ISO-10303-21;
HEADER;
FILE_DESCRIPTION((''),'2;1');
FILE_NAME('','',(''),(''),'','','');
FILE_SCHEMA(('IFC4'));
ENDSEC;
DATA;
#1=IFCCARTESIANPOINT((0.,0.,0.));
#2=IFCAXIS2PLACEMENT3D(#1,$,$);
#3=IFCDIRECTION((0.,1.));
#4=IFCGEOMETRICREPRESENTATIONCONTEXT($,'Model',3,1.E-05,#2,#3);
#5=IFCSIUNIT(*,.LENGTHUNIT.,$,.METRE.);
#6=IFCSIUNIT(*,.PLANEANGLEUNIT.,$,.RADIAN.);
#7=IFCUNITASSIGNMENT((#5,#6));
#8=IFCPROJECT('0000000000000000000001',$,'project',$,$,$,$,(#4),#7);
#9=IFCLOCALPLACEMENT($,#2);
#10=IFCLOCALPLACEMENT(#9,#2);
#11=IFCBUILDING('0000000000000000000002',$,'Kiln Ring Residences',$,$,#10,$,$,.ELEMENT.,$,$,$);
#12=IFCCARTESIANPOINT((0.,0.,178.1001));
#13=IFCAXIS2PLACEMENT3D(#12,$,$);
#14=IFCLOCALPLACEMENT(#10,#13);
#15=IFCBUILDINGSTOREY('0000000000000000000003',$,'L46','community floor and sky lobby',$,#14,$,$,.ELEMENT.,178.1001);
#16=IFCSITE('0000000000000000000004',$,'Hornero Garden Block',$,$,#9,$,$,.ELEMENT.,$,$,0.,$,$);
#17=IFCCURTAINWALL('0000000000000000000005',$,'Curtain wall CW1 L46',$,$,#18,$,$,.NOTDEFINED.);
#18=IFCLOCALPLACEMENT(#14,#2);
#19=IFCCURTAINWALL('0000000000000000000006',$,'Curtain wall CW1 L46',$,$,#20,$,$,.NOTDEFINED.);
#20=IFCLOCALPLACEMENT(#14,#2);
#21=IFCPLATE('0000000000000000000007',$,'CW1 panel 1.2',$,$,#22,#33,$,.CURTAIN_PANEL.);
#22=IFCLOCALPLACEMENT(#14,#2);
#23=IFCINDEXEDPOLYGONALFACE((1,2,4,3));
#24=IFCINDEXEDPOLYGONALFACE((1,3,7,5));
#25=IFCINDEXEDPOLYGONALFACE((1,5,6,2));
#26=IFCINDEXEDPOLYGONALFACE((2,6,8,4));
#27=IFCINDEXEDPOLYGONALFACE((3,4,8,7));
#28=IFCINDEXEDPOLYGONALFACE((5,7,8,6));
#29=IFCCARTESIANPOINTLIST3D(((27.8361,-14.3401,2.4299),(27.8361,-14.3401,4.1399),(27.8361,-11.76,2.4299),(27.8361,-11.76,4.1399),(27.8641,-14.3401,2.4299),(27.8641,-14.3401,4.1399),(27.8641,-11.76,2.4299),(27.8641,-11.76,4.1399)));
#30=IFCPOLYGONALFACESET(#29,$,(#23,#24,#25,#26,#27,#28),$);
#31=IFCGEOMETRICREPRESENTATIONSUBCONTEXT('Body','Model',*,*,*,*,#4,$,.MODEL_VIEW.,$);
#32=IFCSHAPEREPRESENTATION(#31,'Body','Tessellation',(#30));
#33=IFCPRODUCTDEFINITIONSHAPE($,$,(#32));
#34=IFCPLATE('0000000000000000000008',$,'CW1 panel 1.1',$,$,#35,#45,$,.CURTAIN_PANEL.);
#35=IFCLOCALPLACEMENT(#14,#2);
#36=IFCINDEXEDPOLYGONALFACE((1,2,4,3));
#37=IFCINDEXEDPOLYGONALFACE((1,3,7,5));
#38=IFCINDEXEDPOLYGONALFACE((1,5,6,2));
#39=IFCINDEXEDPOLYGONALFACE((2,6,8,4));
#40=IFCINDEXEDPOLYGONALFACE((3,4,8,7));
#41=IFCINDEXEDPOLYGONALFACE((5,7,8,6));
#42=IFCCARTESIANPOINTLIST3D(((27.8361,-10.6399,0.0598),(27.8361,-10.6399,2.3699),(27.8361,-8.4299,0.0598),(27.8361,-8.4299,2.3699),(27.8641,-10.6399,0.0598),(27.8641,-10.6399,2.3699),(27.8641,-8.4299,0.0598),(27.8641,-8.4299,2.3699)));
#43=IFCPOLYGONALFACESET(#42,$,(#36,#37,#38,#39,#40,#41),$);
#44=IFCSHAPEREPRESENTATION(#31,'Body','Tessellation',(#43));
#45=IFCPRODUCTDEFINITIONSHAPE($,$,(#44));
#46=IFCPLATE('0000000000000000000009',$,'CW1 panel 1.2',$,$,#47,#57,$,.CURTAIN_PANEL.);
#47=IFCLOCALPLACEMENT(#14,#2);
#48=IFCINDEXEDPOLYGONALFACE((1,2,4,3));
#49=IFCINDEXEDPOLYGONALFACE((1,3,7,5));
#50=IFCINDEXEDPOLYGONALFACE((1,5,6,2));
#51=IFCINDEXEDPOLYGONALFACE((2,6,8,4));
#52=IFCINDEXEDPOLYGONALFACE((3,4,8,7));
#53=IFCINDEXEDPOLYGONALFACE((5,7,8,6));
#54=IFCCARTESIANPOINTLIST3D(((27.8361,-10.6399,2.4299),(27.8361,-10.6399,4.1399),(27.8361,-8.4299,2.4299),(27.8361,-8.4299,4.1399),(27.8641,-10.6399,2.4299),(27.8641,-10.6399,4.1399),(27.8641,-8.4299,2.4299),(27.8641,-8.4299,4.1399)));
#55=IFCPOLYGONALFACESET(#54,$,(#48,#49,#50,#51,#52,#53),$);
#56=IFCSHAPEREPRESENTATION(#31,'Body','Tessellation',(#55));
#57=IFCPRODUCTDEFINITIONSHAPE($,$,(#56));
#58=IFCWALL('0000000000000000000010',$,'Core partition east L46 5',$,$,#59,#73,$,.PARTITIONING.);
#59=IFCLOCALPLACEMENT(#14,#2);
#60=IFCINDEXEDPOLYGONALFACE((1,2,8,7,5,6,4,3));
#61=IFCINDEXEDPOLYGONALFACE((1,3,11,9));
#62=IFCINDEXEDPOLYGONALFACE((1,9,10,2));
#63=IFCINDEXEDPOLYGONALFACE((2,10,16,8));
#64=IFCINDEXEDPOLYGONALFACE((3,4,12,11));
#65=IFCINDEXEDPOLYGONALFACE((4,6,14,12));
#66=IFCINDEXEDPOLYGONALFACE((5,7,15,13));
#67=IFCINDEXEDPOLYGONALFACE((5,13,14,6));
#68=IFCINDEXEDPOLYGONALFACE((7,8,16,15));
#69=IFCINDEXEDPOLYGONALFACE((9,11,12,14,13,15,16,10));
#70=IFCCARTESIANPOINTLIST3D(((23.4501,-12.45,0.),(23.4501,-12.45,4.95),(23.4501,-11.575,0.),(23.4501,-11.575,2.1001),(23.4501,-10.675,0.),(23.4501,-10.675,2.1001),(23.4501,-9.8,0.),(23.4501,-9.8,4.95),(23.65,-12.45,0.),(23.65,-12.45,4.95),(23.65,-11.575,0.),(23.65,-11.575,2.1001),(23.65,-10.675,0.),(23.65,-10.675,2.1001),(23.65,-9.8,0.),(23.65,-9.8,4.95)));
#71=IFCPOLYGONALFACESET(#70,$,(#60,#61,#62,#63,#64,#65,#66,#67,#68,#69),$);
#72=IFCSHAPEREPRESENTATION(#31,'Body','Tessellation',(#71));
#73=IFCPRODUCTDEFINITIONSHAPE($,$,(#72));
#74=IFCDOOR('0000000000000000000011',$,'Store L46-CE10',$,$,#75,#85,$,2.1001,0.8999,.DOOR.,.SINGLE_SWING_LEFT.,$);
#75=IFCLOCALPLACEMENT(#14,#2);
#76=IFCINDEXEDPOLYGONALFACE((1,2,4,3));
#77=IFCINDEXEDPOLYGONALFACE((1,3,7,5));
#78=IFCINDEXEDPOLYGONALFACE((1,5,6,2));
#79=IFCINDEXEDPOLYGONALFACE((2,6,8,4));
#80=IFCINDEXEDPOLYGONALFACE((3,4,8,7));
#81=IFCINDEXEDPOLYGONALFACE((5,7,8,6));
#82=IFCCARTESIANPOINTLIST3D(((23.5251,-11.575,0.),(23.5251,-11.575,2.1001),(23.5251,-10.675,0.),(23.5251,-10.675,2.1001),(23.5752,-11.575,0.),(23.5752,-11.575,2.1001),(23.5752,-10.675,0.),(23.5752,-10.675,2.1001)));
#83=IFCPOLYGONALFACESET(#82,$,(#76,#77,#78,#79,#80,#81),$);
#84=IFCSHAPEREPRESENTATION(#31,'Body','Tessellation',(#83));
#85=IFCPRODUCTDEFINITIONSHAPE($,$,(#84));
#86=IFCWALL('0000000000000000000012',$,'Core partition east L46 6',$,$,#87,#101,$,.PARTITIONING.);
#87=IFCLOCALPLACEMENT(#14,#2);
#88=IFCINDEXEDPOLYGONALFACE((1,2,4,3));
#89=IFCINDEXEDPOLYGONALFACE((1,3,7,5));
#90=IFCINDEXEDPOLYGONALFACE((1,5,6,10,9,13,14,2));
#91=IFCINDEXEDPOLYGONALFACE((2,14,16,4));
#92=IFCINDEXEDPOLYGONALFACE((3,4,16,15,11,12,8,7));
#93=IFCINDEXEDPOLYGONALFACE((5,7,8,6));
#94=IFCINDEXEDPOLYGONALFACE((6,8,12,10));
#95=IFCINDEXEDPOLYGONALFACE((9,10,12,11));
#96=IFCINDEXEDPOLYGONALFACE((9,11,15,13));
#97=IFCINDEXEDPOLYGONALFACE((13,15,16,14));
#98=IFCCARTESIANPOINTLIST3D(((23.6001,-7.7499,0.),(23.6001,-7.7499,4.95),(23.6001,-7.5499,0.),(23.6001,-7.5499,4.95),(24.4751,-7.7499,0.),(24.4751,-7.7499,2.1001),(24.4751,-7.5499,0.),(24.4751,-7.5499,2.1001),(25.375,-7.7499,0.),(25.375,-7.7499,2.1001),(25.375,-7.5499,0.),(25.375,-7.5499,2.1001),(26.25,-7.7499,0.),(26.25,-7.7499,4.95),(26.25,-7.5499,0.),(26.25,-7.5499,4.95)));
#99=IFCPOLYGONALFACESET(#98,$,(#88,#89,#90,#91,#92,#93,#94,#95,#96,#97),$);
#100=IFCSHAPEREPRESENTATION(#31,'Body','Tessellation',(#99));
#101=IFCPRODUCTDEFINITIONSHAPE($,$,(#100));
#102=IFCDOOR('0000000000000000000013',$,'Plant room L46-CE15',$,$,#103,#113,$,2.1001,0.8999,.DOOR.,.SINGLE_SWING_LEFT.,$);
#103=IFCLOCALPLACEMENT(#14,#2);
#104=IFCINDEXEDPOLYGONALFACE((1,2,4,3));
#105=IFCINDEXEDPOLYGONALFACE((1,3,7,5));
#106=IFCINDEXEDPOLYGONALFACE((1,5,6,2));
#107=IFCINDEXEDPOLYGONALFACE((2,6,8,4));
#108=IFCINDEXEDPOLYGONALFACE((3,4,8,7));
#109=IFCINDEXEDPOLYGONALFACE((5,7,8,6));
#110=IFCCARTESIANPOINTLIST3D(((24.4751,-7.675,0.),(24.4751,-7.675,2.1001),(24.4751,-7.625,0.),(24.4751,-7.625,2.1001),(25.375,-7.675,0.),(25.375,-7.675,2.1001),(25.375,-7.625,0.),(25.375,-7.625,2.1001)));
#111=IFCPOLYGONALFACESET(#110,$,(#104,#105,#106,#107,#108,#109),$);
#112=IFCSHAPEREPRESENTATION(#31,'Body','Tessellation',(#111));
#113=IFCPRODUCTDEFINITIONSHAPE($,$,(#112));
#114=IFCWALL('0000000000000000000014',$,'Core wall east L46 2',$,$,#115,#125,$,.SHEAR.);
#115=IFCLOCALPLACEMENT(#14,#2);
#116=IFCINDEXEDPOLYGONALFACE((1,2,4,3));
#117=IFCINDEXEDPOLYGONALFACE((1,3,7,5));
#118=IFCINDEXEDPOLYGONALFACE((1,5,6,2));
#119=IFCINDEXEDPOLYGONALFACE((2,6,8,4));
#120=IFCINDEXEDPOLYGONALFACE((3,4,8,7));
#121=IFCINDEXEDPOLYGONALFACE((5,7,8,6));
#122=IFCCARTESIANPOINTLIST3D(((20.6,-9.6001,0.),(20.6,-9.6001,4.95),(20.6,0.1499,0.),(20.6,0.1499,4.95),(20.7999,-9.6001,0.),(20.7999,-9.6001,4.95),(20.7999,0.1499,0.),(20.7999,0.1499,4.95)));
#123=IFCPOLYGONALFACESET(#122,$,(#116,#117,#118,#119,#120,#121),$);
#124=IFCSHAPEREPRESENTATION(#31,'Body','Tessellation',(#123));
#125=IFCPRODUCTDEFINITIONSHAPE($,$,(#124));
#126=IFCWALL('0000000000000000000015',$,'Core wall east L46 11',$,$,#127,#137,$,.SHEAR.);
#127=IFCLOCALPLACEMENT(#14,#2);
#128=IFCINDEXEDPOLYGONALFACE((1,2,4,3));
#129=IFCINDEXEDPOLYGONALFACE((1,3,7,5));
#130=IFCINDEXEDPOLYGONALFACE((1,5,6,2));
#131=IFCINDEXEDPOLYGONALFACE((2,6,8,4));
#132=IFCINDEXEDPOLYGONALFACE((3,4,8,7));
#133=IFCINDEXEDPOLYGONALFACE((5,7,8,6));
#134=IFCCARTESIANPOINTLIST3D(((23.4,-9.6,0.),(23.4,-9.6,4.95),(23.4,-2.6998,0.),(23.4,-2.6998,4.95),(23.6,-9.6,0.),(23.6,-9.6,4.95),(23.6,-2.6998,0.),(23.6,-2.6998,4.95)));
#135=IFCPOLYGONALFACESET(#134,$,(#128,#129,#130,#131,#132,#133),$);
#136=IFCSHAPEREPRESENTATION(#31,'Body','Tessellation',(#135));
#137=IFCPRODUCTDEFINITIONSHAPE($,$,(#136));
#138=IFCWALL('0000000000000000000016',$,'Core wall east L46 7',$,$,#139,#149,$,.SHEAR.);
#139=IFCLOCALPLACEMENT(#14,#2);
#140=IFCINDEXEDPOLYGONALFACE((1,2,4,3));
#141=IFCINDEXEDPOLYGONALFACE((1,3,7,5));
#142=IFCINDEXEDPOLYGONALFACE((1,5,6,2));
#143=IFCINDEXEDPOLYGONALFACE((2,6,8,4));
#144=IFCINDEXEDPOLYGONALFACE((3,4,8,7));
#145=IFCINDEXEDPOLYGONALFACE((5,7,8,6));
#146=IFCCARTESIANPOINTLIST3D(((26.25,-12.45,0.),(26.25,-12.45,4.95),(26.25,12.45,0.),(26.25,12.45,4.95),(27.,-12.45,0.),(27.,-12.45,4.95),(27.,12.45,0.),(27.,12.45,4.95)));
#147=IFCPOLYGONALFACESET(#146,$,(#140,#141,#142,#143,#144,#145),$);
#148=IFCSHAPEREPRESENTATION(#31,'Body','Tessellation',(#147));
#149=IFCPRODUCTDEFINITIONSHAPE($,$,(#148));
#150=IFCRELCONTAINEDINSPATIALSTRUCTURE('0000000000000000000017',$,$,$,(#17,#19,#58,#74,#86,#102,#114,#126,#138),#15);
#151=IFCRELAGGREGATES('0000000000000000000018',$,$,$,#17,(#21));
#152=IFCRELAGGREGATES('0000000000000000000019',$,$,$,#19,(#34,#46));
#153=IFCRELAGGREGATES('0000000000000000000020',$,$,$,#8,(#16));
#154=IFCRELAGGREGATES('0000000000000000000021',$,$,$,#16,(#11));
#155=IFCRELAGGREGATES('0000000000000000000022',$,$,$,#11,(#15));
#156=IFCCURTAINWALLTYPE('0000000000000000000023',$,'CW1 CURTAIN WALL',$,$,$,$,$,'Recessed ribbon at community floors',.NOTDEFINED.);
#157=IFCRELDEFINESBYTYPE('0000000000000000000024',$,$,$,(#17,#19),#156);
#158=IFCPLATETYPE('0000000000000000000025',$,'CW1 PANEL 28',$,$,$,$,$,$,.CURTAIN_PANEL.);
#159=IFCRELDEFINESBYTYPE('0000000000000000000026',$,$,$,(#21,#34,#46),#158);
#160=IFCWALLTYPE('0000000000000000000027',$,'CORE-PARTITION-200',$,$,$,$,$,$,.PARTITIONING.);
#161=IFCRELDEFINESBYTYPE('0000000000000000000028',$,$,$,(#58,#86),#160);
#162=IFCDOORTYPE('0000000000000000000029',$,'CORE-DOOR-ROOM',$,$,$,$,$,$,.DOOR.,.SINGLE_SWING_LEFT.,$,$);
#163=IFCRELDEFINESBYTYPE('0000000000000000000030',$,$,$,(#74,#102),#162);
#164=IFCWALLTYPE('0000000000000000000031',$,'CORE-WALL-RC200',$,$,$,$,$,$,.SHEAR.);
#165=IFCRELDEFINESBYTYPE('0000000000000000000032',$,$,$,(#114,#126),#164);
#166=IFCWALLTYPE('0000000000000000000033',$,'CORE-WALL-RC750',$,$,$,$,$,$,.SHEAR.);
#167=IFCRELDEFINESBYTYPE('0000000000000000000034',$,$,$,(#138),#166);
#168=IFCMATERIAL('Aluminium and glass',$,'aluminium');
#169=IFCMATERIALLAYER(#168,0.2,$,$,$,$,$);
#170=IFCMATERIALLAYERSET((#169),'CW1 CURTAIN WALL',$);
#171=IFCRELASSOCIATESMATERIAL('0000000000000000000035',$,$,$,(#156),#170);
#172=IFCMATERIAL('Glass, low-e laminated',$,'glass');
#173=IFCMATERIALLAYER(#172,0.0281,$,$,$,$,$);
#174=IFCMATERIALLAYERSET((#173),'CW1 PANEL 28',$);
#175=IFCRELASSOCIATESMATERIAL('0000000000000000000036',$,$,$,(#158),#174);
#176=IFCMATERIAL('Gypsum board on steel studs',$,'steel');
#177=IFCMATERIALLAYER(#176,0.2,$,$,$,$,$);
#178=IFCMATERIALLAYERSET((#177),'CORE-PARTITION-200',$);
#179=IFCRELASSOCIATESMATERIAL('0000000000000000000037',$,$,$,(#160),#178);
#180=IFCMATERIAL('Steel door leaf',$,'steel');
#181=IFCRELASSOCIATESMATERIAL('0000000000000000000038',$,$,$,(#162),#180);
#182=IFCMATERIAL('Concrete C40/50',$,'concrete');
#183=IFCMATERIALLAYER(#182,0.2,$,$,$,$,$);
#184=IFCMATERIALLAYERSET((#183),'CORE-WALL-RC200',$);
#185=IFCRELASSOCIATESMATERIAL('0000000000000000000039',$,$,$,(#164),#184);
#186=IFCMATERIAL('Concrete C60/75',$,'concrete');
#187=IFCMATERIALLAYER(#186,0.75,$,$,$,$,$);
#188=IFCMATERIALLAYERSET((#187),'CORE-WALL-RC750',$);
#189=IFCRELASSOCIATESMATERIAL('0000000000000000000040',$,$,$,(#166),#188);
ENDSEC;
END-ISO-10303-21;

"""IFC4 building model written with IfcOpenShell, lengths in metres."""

from ifc_helpers import new_model, si_unit, direction, frame, frame_2d, origin, origin_2d, place, context, subcontext, project, spatial, rectangle, extrude, material, layer, layer_set, type_object, element, fill, aggregate, save


model = new_model("IFC4")

# Units and contexts
model_context = context("Model", 3, precision=1e-05, world=origin(), true_north=direction((0.0, 1.0)))
body_context = subcontext(model_context, "Body", "Model", "MODEL_VIEW")
ifc_project = project(units=[si_unit("LENGTHUNIT", "METRE"), si_unit("PLANEANGLEUNIT", "RADIAN")], contexts=[model_context])

# Site, building, storey
site_placement = place(None, origin())
site = spatial("IfcSite", under=ifc_project, at=site_placement, Name="Hornero Garden Block", CompositionType="ELEMENT", RefElevation=0.0)
building_placement = place(site_placement, origin())
building = spatial("IfcBuilding", under=site, at=building_placement, Name="Kiln Ring Residences", CompositionType="ELEMENT")
storey_placement = place(building_placement, frame((0.0, 0.0, 178.1001)))
storey = spatial("IfcBuildingStorey", under=building, at=storey_placement, Name="L46", Description="community floor and sky lobby", CompositionType="ELEMENT", Elevation=178.1001)

# Curtain wall
ifc_material_1 = material(Name="Aluminium and glass", Category="aluminium")
ifc_layer_1 = layer(ifc_material_1, 0.2)
ifc_layer_set_1 = layer_set([ifc_layer_1], Name="CW1 CURTAIN WALL")
curtain_wall_type = type_object("IfcCurtainWallType", Name="CW1 CURTAIN WALL", ElementType="Recessed ribbon at community floors", PredefinedType="NOTDEFINED", material=ifc_layer_set_1)
placement = place(storey_placement, origin())
curtain_wall_1 = element("IfcCurtainWall", 1, at=placement, inside=storey, type_object=curtain_wall_type, Name="Curtain wall CW1 L46", PredefinedType="NOTDEFINED")

# Curtain wall
curtain_wall_2 = element("IfcCurtainWall", 2, at=placement, inside=storey, type_object=curtain_wall_type, Name="Curtain wall CW1 L46", PredefinedType="NOTDEFINED")

# Plates
ifc_material_2 = material(Name="Glass, low-e laminated", Category="glass")
ifc_layer_2 = layer(ifc_material_2, 0.0281)
ifc_layer_set_2 = layer_set([ifc_layer_2], Name="CW1 PANEL 28")
plate_type = type_object("IfcPlateType", Name="CW1 PANEL 28", PredefinedType="CURTAIN_PANEL", material=ifc_layer_set_2)
plate_1_placement = place(storey_placement, frame((27.8501, -13.05, 2.4299), z_axis=(0.0, 0.0, 1.0), x_axis=(0.0, 1.0, 0.0)))
plate_1 = element("IfcPlate", 3, at=plate_1_placement, type_object=plate_type, Name="CW1 panel 1.2", PredefinedType="CURTAIN_PANEL", context=body_context, shape_type="SweptSolid", body=[
    extrude(rectangle(XDim=2.5801, YDim=0.0281, at=origin_2d()), origin(), (0.0, 0.0, 1.0), 1.71),
])
aggregate(curtain_wall_1, [plate_1])
plate_2_placement = place(storey_placement, frame((27.8501, -9.5349, 0.0598), z_axis=(0.0, 0.0, 1.0), x_axis=(0.0, 1.0, 0.0)))
plate_2 = element("IfcPlate", 4, at=plate_2_placement, type_object=plate_type, Name="CW1 panel 1.1", PredefinedType="CURTAIN_PANEL", context=body_context, shape_type="SweptSolid", body=[
    extrude(rectangle(XDim=2.21, YDim=0.0281, at=origin_2d()), origin(), (0.0, 0.0, 1.0), 2.3101),
])
plate_3_placement = place(storey_placement, frame((27.8501, -9.5349, 2.4299), z_axis=(0.0, 0.0, 1.0), x_axis=(0.0, 1.0, 0.0)))
plate_3 = element("IfcPlate", 5, at=plate_3_placement, type_object=plate_type, Name="CW1 panel 1.2", PredefinedType="CURTAIN_PANEL", context=body_context, shape_type="SweptSolid", body=[
    extrude(rectangle(XDim=2.21, YDim=0.0281, at=origin_2d()), origin(), (0.0, 0.0, 1.0), 1.71),
])
aggregate(curtain_wall_2, [plate_2, plate_3])

# Walls, openings, doors
ifc_material_3 = material(Name="Gypsum board on steel studs", Category="steel")
ifc_layer_3 = layer(ifc_material_3, 0.2)
ifc_layer_set_3 = layer_set([ifc_layer_3], Name="CORE-PARTITION-200")
wall_type_1 = type_object("IfcWallType", Name="CORE-PARTITION-200", PredefinedType="PARTITIONING", material=ifc_layer_set_3)
wall_1_placement = place(storey_placement, frame((23.55, -12.45, 0.0), z_axis=(0.0, 0.0, 1.0), x_axis=(0.0, 1.0, 0.0)))
wall_1 = element("IfcWall", 6, at=wall_1_placement, inside=storey, type_object=wall_type_1, Name="Core partition east L46 5", PredefinedType="PARTITIONING", context=body_context, shape_type="SweptSolid", body=[
    extrude(rectangle(XDim=2.6499, YDim=0.2, at=frame_2d((1.325, 0.0))), origin(), (0.0, 0.0, 1.0), 4.95),
])
opening_1_placement = place(wall_1_placement, frame((0.875, 0.0, 0.0)))
opening_1 = element("IfcOpeningElement", 7, at=opening_1_placement, cuts=wall_1, PredefinedType="OPENING", context=body_context, shape_type="SweptSolid", body=[
    extrude(rectangle(XDim=0.8999, YDim=2.1001, at=frame_2d((0.45, 1.05))), frame((0.0, 0.1099, 0.0), z_axis=(0.0, -1.0, 0.0), x_axis=(1.0, 0.0, 0.0)), (0.0, 0.0, 1.0), 0.22),
])
ifc_material_4 = material(Name="Steel door leaf", Category="steel")
door_type = type_object("IfcDoorType", Name="CORE-DOOR-ROOM", OperationType="SINGLE_SWING_LEFT", PredefinedType="DOOR", material=ifc_material_4)
door_1_placement = place(opening_1_placement, origin())
door_1 = element("IfcDoor", 8, at=door_1_placement, inside=storey, type_object=door_type, Name="Store L46-CE10", OperationType="SINGLE_SWING_LEFT", OverallHeight=2.1001, OverallWidth=0.8999, PredefinedType="DOOR", context=body_context, shape_type="SweptSolid", body=[
    extrude(rectangle(XDim=0.8999, YDim=2.1001, at=frame_2d((0.45, 1.05))), frame((0.0, 0.0249, 0.0), z_axis=(0.0, -1.0, 0.0), x_axis=(1.0, 0.0, 0.0)), (0.0, 0.0, 1.0), 0.05),
])
fill(opening_1, door_1)
wall_2_placement = place(storey_placement, frame((23.6001, -7.6499, 0.0), z_axis=(0.0, 0.0, 1.0), x_axis=(1.0, 0.0, 0.0)))
wall_2 = element("IfcWall", 9, at=wall_2_placement, inside=storey, type_object=wall_type_1, Name="Core partition east L46 6", PredefinedType="PARTITIONING", context=body_context, shape_type="SweptSolid", body=[
    extrude(rectangle(XDim=2.6499, YDim=0.2, at=frame_2d((1.325, 0.0))), origin(), (0.0, 0.0, 1.0), 4.95),
])
opening_2_placement = place(wall_2_placement, frame((0.875, 0.0, 0.0)))
opening_2 = element("IfcOpeningElement", 10, at=opening_2_placement, cuts=wall_2, PredefinedType="OPENING", context=body_context, shape_type="SweptSolid", body=[
    extrude(rectangle(XDim=0.8999, YDim=2.1001, at=frame_2d((0.45, 1.05))), frame((0.0, 0.1099, 0.0), z_axis=(0.0, -1.0, 0.0), x_axis=(1.0, 0.0, 0.0)), (0.0, 0.0, 1.0), 0.22),
])
door_2_placement = place(opening_2_placement, origin())
door_2 = element("IfcDoor", 11, at=door_2_placement, inside=storey, type_object=door_type, Name="Plant room L46-CE15", OperationType="SINGLE_SWING_LEFT", OverallHeight=2.1001, OverallWidth=0.8999, PredefinedType="DOOR", context=body_context, shape_type="SweptSolid", body=[
    extrude(rectangle(XDim=0.8999, YDim=2.1001, at=frame_2d((0.45, 1.05))), frame((0.0, 0.0249, 0.0), z_axis=(0.0, -1.0, 0.0), x_axis=(1.0, 0.0, 0.0)), (0.0, 0.0, 1.0), 0.05),
])
fill(opening_2, door_2)

# Walls
ifc_material_5 = material(Name="Concrete C40/50", Category="concrete")
ifc_layer_4 = layer(ifc_material_5, 0.2)
ifc_layer_set_4 = layer_set([ifc_layer_4], Name="CORE-WALL-RC200")
wall_type_2 = type_object("IfcWallType", Name="CORE-WALL-RC200", PredefinedType="SHEAR", material=ifc_layer_set_4)
wall_3_placement = place(storey_placement, frame((20.7, -9.6001, 0.0), z_axis=(0.0, 0.0, 1.0), x_axis=(0.0, 1.0, 0.0)))
element("IfcWall", 12, at=wall_3_placement, inside=storey, type_object=wall_type_2, Name="Core wall east L46 2", PredefinedType="SHEAR", context=body_context, shape_type="SweptSolid", body=[
    extrude(rectangle(XDim=9.75, YDim=0.2, at=frame_2d((4.875, 0.0))), origin(), (0.0, 0.0, 1.0), 4.95),
])
wall_4_placement = place(storey_placement, frame((23.5, -9.6001, 0.0), z_axis=(0.0, 0.0, 1.0), x_axis=(0.0, 1.0, 0.0)))
element("IfcWall", 13, at=wall_4_placement, inside=storey, type_object=wall_type_2, Name="Core wall east L46 11", PredefinedType="SHEAR", context=body_context, shape_type="SweptSolid", body=[
    extrude(rectangle(XDim=6.9001, YDim=0.2, at=frame_2d((3.4502, 0.0))), origin(), (0.0, 0.0, 1.0), 4.95),
])
ifc_material_6 = material(Name="Concrete C60/75", Category="concrete")
ifc_layer_5 = layer(ifc_material_6, 0.75)
ifc_layer_set_5 = layer_set([ifc_layer_5], Name="CORE-WALL-RC750")
wall_type_3 = type_object("IfcWallType", Name="CORE-WALL-RC750", PredefinedType="SHEAR", material=ifc_layer_set_5)
wall_5_placement = place(storey_placement, frame((26.625, -12.45, 0.0), z_axis=(0.0, 0.0, 1.0), x_axis=(0.0, 1.0, 0.0)))
element("IfcWall", 14, at=wall_5_placement, inside=storey, type_object=wall_type_3, Name="Core wall east L46 7", PredefinedType="SHEAR", context=body_context, shape_type="SweptSolid", body=[
    extrude(rectangle(XDim=24.8999, YDim=0.75, at=frame_2d((12.45, 0.0))), origin(), (0.0, 0.0, 1.0), 4.95),
])

save(model, "model.ifc")
